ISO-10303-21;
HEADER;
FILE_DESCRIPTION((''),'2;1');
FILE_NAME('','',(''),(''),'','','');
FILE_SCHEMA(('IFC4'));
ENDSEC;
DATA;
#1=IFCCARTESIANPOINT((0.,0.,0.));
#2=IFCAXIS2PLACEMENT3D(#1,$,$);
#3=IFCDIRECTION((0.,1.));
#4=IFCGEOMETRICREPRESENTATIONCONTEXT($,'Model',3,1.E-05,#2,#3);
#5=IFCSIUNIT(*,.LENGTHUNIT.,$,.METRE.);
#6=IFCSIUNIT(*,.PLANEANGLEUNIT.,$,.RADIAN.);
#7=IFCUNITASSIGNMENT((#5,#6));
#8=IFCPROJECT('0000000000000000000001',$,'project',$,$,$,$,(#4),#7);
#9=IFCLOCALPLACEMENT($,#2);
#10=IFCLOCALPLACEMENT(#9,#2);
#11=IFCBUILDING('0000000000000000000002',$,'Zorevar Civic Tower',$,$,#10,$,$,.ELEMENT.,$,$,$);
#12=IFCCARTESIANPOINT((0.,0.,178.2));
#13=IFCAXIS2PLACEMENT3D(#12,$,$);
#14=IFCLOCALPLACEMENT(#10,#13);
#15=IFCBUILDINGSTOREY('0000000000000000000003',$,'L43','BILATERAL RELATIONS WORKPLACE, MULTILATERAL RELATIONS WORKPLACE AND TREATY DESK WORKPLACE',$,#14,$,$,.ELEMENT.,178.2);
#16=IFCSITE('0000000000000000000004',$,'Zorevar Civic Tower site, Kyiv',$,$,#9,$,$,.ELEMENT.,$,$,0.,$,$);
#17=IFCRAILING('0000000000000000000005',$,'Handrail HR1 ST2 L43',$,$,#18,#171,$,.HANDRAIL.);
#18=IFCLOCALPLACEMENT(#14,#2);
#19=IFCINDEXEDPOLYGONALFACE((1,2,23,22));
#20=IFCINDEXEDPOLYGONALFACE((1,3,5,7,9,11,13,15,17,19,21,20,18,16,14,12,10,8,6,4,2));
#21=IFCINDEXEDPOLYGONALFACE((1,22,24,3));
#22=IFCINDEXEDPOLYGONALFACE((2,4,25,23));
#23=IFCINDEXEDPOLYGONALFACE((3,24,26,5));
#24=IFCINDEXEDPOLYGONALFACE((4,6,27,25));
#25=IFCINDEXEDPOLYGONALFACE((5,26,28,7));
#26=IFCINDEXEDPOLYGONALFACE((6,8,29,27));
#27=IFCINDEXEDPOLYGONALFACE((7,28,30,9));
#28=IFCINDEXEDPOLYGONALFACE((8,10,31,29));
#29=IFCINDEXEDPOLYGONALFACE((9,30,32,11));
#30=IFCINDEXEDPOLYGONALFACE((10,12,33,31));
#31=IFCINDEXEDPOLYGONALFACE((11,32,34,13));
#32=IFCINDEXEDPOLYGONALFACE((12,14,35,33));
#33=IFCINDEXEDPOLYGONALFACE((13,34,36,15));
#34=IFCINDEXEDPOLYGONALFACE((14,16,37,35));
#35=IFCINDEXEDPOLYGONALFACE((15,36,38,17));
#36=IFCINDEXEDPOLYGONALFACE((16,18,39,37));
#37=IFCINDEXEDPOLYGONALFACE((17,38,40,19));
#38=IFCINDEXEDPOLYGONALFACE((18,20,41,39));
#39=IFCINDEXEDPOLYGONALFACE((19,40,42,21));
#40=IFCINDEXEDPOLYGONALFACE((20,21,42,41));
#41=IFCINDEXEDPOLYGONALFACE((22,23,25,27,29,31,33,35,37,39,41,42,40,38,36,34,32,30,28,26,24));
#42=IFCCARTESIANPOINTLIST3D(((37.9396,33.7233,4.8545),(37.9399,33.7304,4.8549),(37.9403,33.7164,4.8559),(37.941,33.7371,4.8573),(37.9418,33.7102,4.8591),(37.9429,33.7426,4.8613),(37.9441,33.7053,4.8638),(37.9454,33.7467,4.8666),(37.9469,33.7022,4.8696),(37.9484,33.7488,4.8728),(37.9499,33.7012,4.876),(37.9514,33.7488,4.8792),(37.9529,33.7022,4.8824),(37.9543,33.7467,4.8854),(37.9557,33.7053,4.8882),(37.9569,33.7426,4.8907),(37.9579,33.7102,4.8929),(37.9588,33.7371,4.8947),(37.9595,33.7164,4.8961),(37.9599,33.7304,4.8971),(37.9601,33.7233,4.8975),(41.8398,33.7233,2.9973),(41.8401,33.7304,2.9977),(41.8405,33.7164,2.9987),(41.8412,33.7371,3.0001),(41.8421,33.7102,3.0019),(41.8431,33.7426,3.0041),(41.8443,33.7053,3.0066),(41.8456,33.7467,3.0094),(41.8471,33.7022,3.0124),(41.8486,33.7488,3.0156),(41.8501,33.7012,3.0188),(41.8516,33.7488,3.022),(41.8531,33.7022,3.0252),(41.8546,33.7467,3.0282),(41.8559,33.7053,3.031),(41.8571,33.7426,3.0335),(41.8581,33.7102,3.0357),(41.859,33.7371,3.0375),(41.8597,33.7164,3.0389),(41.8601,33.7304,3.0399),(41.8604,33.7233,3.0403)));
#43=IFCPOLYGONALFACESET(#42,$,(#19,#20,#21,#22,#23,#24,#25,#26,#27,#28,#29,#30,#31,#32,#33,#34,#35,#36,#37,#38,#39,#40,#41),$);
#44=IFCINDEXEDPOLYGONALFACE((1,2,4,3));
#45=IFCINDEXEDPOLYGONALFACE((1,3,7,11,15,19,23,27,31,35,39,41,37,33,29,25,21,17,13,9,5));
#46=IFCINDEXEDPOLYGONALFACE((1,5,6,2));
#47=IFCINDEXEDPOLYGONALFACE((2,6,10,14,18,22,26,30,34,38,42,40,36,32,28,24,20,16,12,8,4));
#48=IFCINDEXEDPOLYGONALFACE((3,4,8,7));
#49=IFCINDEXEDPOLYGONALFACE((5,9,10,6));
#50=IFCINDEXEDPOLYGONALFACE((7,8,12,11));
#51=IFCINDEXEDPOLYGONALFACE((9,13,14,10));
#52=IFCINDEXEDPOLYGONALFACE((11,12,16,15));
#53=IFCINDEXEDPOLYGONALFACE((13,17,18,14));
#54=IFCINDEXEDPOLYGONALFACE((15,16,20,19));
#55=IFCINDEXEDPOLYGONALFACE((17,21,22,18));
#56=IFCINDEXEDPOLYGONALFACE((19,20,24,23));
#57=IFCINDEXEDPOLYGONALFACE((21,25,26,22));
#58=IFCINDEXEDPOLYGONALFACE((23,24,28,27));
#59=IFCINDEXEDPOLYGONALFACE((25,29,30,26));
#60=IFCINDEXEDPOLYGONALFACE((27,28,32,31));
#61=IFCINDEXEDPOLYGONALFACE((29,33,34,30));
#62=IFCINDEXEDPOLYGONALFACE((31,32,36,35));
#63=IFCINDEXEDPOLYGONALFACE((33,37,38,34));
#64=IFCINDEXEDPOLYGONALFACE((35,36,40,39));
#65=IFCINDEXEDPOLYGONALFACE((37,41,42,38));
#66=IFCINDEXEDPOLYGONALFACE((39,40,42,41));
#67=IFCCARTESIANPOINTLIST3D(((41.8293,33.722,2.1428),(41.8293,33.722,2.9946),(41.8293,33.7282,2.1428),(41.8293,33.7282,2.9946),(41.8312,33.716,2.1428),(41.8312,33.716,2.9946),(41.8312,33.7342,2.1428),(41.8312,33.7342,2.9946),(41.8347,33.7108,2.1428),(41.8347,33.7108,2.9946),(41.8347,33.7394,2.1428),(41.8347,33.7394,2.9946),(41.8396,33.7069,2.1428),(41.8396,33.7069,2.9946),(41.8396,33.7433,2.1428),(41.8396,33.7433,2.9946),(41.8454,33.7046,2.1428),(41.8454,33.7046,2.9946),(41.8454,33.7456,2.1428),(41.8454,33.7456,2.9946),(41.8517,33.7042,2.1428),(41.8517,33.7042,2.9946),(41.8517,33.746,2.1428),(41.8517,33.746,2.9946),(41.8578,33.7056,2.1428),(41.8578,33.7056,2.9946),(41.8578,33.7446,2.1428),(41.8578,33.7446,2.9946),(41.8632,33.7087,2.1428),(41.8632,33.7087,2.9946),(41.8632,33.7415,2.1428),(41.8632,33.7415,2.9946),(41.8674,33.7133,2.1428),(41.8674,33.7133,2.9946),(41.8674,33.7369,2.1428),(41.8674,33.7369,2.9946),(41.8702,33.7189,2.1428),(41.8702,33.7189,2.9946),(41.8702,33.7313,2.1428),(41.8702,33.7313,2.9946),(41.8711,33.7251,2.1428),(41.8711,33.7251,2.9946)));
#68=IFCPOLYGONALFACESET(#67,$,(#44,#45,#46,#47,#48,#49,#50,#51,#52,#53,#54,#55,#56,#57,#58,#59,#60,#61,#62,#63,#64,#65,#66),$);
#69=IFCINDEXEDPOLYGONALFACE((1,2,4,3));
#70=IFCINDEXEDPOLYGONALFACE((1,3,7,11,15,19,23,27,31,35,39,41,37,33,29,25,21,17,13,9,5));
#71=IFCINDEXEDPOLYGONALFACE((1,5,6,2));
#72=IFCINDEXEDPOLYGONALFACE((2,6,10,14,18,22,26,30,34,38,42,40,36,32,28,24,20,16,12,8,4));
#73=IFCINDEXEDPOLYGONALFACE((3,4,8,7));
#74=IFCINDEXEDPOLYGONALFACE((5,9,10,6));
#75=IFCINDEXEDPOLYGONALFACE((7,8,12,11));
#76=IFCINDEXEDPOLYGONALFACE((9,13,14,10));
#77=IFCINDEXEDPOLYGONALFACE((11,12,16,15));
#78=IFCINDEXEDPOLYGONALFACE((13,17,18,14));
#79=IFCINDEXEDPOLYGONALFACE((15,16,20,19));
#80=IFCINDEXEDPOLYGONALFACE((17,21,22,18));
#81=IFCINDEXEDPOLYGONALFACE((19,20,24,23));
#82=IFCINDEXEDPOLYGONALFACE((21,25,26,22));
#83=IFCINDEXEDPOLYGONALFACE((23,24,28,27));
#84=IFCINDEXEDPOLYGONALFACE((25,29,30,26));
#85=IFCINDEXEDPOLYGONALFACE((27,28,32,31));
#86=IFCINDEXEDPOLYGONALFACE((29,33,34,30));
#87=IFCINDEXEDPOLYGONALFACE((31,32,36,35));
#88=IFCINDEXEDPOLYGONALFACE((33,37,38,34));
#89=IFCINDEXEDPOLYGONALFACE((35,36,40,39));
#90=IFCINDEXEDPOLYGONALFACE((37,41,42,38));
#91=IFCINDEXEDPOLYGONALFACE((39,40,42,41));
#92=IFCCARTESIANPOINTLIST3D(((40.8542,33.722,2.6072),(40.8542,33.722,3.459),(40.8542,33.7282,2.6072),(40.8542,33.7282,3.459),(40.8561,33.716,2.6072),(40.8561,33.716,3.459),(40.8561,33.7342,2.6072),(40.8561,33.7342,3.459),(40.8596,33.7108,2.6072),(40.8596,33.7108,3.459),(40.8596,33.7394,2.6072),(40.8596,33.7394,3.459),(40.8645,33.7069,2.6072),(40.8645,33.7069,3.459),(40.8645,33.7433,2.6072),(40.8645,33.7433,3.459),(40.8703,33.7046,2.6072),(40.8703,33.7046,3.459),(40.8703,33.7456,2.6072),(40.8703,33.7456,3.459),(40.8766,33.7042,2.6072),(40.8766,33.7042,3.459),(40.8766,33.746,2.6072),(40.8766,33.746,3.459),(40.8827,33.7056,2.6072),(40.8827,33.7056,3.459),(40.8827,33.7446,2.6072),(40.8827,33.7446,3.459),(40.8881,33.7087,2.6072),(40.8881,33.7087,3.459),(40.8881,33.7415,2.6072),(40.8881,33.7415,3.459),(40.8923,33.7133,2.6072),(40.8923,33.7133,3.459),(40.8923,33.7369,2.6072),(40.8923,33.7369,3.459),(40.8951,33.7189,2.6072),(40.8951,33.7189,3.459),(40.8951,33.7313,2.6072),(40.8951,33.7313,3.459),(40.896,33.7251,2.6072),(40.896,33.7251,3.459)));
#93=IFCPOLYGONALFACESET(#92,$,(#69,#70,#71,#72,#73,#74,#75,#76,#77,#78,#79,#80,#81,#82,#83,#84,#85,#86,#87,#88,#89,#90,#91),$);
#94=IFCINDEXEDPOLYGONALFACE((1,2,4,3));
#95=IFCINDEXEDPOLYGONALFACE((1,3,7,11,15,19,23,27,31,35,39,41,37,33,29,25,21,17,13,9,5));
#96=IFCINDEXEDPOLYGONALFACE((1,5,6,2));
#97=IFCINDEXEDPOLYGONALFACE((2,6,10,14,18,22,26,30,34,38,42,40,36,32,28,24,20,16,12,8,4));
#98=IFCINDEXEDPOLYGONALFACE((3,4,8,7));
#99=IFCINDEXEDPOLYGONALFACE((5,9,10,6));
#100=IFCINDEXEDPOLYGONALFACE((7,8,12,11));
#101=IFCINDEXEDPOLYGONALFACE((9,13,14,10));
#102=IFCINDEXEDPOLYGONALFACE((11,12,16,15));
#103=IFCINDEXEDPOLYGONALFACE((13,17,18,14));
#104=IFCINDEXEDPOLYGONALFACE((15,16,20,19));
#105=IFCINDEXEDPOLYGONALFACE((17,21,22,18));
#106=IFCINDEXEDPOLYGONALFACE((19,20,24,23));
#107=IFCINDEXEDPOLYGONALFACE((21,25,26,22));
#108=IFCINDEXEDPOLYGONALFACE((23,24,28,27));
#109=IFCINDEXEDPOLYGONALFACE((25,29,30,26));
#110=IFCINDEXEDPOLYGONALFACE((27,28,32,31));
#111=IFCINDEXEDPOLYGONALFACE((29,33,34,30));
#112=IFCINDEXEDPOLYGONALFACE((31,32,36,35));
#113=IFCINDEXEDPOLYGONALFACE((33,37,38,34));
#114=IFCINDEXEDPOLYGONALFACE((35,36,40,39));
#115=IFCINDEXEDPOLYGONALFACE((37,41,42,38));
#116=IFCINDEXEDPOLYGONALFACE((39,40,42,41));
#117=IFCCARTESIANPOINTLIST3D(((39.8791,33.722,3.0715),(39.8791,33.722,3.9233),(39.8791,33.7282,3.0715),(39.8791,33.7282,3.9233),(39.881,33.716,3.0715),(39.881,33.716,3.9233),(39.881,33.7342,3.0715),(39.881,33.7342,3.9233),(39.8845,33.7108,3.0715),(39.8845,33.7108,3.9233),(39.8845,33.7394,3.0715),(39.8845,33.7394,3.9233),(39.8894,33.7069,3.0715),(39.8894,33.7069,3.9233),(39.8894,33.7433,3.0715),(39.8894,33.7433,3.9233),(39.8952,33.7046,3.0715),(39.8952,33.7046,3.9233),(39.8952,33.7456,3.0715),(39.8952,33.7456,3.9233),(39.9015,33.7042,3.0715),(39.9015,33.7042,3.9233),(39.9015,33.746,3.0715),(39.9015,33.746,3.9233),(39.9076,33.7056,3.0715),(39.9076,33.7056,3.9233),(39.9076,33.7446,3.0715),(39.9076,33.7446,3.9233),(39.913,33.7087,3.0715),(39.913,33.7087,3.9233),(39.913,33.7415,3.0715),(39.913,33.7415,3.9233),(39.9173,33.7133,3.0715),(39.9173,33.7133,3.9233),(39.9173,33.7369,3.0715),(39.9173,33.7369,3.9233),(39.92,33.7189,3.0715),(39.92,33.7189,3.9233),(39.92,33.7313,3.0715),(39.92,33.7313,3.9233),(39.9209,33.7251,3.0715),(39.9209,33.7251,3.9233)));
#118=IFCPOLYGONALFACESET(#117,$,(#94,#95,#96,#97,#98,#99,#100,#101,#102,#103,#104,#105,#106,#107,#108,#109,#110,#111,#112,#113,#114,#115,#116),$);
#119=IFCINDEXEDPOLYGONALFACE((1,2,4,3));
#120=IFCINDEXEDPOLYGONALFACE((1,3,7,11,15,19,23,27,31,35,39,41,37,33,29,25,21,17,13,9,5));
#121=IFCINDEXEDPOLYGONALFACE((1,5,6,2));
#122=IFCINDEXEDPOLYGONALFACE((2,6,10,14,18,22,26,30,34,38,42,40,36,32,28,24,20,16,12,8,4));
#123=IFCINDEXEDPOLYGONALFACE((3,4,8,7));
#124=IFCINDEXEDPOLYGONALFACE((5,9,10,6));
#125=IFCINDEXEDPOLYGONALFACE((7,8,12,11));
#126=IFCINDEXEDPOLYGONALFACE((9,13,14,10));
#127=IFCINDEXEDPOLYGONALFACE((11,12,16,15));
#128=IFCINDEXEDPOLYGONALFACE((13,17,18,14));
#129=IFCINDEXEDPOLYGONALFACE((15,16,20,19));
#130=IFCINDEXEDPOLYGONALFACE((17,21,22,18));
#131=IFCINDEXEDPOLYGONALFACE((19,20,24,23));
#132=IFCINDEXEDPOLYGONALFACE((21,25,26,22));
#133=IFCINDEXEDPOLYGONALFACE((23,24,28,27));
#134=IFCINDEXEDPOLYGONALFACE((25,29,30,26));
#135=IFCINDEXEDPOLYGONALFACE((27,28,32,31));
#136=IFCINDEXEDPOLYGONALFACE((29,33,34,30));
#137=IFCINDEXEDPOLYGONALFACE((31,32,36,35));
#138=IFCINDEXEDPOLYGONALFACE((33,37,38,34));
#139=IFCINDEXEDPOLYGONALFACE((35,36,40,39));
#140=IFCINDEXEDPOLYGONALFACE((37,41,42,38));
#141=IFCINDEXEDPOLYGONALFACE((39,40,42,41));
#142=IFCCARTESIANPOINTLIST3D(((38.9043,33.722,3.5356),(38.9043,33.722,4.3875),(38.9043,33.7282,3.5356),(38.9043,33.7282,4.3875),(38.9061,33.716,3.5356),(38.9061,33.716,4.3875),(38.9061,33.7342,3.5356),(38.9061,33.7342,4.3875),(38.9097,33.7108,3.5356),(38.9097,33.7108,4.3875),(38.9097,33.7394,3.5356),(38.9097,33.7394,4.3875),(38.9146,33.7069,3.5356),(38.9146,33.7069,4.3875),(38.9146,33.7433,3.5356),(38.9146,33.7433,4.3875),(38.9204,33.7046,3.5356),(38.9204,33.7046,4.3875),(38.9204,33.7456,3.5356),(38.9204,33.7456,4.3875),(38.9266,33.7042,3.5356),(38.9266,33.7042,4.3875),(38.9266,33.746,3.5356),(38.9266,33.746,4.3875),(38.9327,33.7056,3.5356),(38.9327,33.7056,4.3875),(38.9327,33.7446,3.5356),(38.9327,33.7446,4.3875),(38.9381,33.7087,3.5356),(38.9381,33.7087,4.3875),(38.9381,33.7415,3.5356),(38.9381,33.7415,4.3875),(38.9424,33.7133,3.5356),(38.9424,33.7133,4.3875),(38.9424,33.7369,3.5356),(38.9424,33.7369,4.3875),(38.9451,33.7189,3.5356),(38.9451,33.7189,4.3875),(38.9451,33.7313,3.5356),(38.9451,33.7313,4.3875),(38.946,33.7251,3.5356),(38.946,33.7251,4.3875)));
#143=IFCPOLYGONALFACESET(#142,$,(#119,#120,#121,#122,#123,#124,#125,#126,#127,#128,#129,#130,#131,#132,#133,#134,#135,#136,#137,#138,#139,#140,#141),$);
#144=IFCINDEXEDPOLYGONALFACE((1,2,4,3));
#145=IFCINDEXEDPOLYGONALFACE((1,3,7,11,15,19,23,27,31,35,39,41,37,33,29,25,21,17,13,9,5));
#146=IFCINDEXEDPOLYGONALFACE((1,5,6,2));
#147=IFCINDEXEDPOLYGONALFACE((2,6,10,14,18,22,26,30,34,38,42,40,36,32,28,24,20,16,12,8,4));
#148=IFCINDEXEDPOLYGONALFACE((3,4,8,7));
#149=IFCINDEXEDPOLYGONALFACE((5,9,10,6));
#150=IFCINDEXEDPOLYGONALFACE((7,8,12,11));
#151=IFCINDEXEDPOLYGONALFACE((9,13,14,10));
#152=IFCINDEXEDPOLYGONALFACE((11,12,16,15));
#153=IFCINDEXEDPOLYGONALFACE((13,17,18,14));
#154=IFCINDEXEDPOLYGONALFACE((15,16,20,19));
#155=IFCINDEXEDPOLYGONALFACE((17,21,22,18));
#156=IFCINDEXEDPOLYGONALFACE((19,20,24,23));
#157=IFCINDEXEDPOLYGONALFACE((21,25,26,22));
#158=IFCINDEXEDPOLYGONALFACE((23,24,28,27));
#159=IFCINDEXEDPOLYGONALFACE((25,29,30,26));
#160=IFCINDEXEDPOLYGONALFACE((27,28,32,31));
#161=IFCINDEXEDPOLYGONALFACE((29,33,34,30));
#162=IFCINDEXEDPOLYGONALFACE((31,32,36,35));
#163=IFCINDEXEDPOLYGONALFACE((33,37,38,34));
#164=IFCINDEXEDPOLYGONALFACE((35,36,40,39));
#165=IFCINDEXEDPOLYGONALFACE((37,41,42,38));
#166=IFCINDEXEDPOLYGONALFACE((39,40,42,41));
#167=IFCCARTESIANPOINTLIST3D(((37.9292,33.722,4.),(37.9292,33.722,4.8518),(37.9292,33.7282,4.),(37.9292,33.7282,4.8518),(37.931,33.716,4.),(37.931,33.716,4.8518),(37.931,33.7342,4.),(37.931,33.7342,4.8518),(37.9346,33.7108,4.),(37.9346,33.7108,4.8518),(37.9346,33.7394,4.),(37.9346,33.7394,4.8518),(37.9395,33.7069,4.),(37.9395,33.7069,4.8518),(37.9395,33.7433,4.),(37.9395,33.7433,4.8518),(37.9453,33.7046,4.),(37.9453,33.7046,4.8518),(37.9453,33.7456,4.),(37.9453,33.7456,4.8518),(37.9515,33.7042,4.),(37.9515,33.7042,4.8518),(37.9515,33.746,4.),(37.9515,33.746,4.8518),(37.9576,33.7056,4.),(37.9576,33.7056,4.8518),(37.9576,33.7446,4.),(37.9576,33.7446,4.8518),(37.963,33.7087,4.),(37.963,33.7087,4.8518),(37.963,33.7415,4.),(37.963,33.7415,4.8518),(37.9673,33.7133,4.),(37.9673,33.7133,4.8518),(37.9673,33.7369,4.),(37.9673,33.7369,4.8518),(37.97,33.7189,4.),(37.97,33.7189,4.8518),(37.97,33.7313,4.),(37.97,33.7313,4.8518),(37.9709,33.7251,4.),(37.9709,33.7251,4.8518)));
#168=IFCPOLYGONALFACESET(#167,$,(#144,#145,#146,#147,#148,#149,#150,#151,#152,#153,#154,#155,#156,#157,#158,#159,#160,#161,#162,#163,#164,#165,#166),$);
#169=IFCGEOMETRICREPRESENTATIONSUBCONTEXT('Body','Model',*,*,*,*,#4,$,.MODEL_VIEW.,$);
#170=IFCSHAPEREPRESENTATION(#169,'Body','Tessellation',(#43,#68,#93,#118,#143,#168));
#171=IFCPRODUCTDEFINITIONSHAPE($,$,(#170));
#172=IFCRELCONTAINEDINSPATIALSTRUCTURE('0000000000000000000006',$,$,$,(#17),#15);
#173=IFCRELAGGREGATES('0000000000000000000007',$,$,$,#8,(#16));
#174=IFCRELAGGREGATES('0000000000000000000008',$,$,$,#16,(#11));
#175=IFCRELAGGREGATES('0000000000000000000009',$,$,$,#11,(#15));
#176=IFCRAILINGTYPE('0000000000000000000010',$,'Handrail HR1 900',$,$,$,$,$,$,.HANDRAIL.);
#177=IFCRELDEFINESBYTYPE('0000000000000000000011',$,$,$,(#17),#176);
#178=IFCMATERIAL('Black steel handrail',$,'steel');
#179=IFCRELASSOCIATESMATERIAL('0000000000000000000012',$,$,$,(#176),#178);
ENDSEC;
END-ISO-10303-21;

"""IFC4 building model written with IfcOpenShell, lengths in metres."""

from ifc_helpers import new_model, si_unit, direction, frame, origin, origin_2d, place, context, subcontext, project, spatial, circle, extrude, material, type_object, element, save


model = new_model("IFC4")

# Units and contexts
model_context = context("Model", 3, precision=1e-05, world=origin(), true_north=direction((0.0, 1.0)))
body_context = subcontext(model_context, "Body", "Model", "MODEL_VIEW")
ifc_project = project(units=[si_unit("LENGTHUNIT", "METRE"), si_unit("PLANEANGLEUNIT", "RADIAN")], contexts=[model_context])

# Site, building, storey
site_placement = place(None, origin())
site = spatial("IfcSite", under=ifc_project, at=site_placement, Name="Zorevar Civic Tower site, Kyiv", CompositionType="ELEMENT", RefElevation=0.0)
building_placement = place(site_placement, origin())
building = spatial("IfcBuilding", under=site, at=building_placement, Name="Zorevar Civic Tower", CompositionType="ELEMENT")
storey_placement = place(building_placement, frame((0.0, 0.0, 178.2)))
storey = spatial("IfcBuildingStorey", under=building, at=storey_placement, Name="L43", Description="BILATERAL RELATIONS WORKPLACE, MULTILATERAL RELATIONS WORKPLACE AND TREATY DESK WORKPLACE", CompositionType="ELEMENT", Elevation=178.2)

# Railing
ifc_material_1 = material(Name="Black steel handrail", Category="steel")
railing_type = type_object("IfcRailingType", Name="Handrail HR1 900", PredefinedType="HANDRAIL", material=ifc_material_1)
railing_1_placement = place(storey_placement, frame((41.8501, 33.7251, 2.1428)))
element("IfcRailing", 1, at=railing_1_placement, inside=storey, type_object=railing_type, Name="Handrail HR1 ST2 L43", PredefinedType="HANDRAIL", context=body_context, shape_type="SweptSolid", body=[
    extrude(circle(Radius=0.0239, at=origin_2d()), frame((0.0, 0.0, 0.876), z_axis=(-0.902864, 0.0, 0.429927), x_axis=(0.0, -1.0, 0.0)), (0.0, 0.0, 1.0), 4.3198),
    extrude(circle(Radius=0.021, at=origin_2d()), origin(), (0.0, 0.0, 1.0), 0.8518),
    extrude(circle(Radius=0.021, at=origin_2d()), frame((-0.9751, 0.0, 0.4644)), (0.0, 0.0, 1.0), 0.8518),
    extrude(circle(Radius=0.021, at=origin_2d()), frame((-1.9502, 0.0, 0.9287)), (0.0, 0.0, 1.0), 0.8518),
    extrude(circle(Radius=0.021, at=origin_2d()), frame((-2.925, 0.0, 1.3928)), (0.0, 0.0, 1.0), 0.8518),
    extrude(circle(Radius=0.021, at=origin_2d()), frame((-3.9001, 0.0, 1.8572)), (0.0, 0.0, 1.0), 0.8518),
])

save(model, "model.ifc")
